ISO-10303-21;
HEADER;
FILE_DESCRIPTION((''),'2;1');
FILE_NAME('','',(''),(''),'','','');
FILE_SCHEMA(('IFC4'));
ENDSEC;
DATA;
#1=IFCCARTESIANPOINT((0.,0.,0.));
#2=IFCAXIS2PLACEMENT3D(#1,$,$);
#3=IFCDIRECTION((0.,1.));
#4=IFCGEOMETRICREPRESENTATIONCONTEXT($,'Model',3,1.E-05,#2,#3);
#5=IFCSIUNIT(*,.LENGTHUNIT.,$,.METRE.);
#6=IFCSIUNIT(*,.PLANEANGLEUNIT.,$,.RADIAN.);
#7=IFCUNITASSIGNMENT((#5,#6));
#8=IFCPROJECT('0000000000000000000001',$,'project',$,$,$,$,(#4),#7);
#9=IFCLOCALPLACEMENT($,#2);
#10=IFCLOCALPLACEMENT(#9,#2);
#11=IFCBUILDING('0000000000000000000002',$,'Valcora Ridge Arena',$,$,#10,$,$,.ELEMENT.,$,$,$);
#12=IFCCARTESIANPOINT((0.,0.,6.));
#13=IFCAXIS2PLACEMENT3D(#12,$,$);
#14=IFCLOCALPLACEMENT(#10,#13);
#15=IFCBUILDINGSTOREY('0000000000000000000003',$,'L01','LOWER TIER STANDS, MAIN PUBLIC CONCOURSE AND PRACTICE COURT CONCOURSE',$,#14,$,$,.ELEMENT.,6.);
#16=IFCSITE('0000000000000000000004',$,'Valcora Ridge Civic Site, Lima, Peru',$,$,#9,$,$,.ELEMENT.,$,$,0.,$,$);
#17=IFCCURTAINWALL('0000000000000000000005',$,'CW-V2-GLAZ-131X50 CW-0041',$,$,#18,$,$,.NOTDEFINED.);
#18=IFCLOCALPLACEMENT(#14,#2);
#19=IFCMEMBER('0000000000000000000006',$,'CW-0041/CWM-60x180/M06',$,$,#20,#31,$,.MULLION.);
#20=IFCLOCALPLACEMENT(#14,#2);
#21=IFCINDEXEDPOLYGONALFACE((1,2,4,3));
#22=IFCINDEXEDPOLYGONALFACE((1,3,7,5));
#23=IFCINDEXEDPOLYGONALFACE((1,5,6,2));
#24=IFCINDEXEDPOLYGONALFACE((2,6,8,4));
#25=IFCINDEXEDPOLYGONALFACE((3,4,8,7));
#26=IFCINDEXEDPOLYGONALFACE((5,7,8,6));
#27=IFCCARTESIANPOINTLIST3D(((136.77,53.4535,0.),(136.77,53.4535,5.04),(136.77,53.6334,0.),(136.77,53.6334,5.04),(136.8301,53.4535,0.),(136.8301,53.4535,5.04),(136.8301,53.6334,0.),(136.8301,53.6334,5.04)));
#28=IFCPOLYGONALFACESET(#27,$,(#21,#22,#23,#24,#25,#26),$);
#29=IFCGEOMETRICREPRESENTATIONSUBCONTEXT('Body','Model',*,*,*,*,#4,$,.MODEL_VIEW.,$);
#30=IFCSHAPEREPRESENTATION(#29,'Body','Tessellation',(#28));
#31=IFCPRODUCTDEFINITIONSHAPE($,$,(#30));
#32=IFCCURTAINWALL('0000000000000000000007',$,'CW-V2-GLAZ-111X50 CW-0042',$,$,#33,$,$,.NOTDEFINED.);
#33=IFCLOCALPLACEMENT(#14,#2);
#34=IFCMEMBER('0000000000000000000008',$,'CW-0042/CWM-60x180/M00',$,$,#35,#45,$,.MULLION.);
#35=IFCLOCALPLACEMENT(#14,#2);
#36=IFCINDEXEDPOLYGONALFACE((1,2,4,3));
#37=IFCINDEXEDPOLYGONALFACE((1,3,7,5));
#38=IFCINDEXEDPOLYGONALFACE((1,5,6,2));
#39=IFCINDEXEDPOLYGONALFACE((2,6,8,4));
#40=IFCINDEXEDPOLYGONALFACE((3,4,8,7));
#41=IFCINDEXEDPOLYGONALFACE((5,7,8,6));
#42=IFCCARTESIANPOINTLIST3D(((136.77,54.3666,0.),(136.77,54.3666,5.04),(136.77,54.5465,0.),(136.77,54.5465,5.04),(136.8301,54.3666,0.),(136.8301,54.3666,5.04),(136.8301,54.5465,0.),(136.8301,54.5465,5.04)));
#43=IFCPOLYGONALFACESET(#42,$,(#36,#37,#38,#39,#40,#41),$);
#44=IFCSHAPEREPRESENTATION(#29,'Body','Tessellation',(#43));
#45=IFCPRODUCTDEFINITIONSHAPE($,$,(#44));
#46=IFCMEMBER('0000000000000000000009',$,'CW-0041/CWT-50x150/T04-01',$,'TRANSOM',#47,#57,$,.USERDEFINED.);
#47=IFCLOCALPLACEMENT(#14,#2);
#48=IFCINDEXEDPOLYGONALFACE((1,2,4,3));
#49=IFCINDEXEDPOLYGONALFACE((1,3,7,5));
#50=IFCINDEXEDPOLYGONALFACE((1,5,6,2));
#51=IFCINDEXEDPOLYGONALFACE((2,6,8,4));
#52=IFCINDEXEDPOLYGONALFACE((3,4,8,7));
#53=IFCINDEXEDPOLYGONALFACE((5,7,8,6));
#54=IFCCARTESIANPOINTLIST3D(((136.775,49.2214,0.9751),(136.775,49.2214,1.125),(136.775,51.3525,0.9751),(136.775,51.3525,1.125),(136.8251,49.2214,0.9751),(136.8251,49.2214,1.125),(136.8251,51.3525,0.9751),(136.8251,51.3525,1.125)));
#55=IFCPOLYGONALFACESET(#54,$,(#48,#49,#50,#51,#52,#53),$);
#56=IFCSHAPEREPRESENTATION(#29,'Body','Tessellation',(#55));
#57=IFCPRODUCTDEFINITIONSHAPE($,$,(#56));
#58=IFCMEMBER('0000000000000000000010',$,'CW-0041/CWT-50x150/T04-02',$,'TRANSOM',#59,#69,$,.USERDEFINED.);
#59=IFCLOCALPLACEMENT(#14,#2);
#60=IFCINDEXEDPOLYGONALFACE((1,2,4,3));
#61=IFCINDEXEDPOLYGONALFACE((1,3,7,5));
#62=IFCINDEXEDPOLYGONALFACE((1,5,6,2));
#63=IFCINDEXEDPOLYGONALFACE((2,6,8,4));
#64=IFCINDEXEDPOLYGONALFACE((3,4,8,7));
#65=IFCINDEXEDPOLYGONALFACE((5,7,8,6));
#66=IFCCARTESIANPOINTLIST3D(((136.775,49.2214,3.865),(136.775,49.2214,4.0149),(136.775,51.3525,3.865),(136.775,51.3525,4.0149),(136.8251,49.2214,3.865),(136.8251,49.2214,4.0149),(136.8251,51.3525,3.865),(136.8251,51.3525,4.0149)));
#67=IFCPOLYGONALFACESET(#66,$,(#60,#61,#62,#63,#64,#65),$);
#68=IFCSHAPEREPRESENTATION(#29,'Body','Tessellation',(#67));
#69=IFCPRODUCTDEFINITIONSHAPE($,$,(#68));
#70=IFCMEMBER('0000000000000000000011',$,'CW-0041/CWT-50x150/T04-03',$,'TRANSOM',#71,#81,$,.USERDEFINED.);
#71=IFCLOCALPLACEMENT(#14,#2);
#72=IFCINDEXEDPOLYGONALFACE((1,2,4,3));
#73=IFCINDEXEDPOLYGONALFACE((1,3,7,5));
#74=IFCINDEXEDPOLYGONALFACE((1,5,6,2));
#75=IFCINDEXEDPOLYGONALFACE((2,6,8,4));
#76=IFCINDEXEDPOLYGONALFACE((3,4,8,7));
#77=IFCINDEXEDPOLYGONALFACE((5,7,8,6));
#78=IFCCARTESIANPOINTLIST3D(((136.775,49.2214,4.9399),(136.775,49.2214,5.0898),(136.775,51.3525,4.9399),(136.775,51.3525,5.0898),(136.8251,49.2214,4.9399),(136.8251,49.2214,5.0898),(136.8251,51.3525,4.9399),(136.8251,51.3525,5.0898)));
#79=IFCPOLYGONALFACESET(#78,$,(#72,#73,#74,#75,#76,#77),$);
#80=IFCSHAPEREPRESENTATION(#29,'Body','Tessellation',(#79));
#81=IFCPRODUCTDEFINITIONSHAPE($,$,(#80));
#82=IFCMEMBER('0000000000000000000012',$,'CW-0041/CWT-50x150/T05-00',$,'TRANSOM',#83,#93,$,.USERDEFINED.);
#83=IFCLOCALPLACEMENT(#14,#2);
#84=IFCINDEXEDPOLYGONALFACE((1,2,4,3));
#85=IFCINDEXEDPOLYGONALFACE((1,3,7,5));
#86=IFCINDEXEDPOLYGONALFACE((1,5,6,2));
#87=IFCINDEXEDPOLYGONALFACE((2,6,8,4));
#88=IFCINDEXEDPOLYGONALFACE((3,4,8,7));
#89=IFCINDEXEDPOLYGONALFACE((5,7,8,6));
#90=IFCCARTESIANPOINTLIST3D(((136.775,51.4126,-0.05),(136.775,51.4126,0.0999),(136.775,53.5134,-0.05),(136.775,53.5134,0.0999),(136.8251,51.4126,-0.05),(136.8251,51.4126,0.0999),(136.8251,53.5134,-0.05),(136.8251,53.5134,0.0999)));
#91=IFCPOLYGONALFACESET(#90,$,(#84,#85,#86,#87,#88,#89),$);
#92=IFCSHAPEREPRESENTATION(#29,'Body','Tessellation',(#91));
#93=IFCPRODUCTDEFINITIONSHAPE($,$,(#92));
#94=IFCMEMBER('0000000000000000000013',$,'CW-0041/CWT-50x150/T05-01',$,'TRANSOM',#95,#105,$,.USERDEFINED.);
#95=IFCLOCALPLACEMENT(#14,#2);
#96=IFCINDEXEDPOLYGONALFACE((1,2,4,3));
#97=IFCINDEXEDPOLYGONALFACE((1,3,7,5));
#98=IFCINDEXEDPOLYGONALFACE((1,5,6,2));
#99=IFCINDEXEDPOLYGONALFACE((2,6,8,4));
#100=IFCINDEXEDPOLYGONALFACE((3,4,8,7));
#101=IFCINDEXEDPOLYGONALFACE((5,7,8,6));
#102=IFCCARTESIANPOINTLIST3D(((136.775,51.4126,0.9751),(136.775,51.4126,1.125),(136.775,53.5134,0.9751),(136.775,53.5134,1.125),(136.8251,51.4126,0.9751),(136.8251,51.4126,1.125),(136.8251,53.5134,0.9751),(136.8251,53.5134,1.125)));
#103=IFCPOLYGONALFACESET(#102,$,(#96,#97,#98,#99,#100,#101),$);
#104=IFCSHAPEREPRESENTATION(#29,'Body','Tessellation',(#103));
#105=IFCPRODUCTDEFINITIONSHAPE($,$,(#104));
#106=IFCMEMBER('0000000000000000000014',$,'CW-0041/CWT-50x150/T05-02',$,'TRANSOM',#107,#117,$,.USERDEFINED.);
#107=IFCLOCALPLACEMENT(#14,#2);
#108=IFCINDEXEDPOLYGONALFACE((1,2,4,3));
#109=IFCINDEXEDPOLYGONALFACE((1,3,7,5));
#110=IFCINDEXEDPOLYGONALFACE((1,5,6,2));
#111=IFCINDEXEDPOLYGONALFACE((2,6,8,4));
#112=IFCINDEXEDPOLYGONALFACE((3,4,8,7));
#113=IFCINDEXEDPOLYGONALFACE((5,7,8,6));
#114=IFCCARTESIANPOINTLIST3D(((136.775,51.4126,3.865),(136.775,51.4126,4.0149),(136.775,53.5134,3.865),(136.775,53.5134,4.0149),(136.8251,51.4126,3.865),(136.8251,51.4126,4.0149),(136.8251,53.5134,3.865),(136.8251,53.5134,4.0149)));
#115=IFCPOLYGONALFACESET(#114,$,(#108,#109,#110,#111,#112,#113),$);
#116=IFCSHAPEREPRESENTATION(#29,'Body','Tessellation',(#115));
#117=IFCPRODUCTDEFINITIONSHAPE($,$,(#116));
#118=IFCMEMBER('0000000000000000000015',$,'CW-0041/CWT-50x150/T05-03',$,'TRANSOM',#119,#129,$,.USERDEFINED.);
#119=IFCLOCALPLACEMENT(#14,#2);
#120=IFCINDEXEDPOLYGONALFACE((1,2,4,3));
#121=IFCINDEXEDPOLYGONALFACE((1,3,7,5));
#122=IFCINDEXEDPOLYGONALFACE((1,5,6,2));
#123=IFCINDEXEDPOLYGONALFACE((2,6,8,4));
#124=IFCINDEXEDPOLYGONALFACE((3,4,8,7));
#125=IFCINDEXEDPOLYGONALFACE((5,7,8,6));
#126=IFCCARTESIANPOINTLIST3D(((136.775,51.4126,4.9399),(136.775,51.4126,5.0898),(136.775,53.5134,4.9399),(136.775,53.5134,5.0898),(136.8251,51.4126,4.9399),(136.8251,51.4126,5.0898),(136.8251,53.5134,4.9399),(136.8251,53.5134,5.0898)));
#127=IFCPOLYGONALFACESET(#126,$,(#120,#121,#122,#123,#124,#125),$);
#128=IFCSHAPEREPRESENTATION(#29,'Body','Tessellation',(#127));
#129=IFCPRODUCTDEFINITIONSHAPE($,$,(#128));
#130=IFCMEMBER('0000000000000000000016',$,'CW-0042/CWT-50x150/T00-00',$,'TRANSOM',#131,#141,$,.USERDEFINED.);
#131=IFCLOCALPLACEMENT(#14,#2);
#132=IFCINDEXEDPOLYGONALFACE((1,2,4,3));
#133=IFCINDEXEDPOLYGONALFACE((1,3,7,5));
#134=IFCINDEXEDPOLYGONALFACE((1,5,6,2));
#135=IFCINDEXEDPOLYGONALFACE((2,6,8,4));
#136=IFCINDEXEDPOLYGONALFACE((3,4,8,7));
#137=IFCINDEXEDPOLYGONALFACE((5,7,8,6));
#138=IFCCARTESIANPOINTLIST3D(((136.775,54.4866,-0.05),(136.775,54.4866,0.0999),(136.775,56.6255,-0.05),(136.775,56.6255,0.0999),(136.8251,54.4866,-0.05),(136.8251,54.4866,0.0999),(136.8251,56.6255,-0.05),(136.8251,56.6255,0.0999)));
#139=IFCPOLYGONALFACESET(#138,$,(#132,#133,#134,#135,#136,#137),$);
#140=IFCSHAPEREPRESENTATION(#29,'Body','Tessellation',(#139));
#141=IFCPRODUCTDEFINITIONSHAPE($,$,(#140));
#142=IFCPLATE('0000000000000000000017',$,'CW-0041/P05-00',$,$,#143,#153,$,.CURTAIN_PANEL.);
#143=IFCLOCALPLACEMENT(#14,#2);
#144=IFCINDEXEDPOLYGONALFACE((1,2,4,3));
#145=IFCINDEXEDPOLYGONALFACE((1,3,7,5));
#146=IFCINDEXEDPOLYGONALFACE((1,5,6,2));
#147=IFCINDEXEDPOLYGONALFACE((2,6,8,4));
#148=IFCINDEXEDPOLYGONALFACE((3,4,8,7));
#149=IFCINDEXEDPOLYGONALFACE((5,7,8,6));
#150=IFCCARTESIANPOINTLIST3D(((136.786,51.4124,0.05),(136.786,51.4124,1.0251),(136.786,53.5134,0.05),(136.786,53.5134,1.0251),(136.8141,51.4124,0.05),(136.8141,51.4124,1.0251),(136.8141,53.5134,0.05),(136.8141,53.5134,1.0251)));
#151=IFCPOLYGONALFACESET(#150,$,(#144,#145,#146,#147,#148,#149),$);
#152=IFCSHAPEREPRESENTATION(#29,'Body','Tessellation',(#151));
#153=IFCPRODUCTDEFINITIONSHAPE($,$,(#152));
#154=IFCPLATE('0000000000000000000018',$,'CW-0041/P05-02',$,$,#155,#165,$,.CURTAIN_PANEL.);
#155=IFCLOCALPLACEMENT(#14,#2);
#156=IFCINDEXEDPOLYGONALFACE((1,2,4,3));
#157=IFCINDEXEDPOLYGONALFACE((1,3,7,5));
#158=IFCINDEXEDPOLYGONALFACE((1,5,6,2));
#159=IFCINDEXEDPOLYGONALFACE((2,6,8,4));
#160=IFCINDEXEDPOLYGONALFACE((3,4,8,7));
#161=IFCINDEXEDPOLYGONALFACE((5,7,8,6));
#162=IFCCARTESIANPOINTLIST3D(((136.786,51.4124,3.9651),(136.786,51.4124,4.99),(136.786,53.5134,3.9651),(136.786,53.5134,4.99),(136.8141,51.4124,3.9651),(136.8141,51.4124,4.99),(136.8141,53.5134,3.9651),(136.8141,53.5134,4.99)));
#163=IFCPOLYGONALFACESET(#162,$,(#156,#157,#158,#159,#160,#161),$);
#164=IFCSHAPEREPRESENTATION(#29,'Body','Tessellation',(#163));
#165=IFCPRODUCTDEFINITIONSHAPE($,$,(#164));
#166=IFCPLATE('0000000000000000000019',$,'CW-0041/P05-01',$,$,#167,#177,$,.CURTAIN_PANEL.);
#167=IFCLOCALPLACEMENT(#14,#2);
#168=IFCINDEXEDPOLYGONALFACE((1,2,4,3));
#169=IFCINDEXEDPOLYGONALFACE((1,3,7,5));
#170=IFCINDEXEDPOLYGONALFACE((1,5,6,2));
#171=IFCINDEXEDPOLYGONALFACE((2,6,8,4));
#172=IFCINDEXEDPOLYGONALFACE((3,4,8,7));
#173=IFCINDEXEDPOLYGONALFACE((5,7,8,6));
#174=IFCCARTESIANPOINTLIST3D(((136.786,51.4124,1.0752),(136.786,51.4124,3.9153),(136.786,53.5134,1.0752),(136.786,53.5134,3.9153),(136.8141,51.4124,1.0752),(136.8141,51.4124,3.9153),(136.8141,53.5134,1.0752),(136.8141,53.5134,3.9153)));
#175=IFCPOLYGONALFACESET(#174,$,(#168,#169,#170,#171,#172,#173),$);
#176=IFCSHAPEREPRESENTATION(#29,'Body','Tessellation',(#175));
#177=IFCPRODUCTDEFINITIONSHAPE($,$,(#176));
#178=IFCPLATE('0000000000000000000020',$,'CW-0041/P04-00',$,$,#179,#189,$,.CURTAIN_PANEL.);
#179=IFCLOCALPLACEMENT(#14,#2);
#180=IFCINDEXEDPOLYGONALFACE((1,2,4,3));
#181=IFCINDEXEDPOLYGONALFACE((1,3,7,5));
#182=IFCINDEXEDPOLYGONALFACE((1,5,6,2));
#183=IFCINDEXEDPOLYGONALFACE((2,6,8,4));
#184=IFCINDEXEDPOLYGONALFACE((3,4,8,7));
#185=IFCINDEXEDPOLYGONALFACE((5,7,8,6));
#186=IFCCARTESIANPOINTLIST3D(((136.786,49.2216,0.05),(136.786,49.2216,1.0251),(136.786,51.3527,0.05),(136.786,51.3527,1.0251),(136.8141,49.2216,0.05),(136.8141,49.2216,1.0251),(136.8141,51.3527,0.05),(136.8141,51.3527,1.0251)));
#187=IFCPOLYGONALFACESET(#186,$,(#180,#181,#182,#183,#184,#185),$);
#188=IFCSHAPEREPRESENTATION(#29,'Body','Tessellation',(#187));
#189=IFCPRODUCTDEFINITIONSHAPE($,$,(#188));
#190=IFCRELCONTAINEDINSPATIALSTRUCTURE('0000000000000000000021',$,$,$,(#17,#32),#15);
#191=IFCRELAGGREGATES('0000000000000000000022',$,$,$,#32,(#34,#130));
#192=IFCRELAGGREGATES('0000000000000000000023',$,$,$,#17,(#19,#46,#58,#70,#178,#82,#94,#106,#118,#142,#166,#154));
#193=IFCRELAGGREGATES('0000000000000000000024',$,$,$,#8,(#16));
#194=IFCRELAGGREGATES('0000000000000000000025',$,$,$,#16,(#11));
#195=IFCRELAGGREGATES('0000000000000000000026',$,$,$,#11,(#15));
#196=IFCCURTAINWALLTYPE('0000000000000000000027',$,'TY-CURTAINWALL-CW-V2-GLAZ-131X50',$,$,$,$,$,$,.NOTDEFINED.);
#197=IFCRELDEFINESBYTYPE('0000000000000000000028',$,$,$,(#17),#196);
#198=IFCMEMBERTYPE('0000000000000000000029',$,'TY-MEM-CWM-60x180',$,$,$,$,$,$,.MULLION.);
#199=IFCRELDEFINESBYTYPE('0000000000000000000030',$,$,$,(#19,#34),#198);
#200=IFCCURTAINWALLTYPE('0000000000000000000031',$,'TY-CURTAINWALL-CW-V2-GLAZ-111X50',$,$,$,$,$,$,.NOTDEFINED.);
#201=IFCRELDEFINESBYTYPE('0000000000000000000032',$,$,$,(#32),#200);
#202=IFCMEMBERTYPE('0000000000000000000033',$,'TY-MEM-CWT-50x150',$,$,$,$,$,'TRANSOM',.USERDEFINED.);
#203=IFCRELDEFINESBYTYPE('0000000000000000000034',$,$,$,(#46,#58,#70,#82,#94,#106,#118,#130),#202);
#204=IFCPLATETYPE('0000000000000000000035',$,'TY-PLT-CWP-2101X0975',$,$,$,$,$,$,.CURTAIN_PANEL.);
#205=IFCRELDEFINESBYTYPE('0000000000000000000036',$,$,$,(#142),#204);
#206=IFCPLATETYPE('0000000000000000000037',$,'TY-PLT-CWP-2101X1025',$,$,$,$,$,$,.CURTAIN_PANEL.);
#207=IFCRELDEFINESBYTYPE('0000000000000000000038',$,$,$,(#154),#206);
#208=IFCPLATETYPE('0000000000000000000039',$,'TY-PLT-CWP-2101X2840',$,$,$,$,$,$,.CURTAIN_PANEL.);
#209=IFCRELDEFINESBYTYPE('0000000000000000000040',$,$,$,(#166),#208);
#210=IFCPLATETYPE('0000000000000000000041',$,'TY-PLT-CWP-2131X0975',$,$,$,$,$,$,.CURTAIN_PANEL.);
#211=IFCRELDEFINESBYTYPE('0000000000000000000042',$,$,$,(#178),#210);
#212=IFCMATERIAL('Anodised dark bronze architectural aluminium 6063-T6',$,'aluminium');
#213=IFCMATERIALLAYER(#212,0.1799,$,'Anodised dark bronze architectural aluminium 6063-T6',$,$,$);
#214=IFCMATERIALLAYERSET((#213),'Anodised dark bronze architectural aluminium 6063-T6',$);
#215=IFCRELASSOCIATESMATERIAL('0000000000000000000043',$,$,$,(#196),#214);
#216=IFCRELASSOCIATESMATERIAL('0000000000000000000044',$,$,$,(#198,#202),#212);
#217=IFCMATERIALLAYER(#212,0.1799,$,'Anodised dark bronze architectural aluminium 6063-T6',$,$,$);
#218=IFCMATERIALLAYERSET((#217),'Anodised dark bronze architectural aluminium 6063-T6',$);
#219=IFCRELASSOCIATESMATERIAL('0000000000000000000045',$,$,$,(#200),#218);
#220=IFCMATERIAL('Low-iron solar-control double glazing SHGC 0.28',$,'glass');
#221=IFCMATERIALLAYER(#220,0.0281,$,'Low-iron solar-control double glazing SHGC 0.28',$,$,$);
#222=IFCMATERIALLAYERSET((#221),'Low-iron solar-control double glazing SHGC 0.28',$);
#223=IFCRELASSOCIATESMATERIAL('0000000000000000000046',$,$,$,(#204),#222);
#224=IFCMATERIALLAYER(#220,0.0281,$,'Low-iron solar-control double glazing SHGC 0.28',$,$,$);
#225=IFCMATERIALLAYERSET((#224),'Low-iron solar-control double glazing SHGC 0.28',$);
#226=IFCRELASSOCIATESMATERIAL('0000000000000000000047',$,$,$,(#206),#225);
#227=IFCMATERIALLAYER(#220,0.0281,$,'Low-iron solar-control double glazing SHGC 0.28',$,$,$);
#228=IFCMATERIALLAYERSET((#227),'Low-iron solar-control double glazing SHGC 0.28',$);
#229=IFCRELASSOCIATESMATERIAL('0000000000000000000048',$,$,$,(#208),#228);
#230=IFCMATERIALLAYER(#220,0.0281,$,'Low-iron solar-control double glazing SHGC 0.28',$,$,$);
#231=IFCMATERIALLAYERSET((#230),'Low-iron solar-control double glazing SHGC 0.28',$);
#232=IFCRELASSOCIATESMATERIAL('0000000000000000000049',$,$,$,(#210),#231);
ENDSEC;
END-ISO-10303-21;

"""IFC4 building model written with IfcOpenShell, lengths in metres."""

from ifc_helpers import new_model, si_unit, direction, frame, origin, origin_2d, place, context, subcontext, project, spatial, rectangle, extrude, material, layer, layer_set, material_profile, profile_set, type_object, element, aggregate, save


model = new_model("IFC4")

# Units and contexts
model_context = context("Model", 3, precision=1e-05, world=origin(), true_north=direction((0.0, 1.0)))
body_context = subcontext(model_context, "Body", "Model", "MODEL_VIEW")
ifc_project = project(units=[si_unit("LENGTHUNIT", "METRE"), si_unit("PLANEANGLEUNIT", "RADIAN")], contexts=[model_context])

# Site, building, storey
site_placement = place(None, origin())
site = spatial("IfcSite", under=ifc_project, at=site_placement, Name="Valcora Ridge Civic Site, Lima, Peru", CompositionType="ELEMENT", RefElevation=0.0)
building_placement = place(site_placement, origin())
building = spatial("IfcBuilding", under=site, at=building_placement, Name="Valcora Ridge Arena", CompositionType="ELEMENT")
storey_placement = place(building_placement, frame((0.0, 0.0, 6.0)))
storey = spatial("IfcBuildingStorey", under=building, at=storey_placement, Name="L01", Description="LOWER TIER STANDS, MAIN PUBLIC CONCOURSE AND PRACTICE COURT CONCOURSE", CompositionType="ELEMENT", Elevation=6.0)

# Curtain wall, member
ifc_material_1 = material(Name="Anodised dark bronze architectural aluminium 6063-T6", Category="aluminium")
ifc_layer_1 = layer(ifc_material_1, 0.1799, Name="Anodised dark bronze architectural aluminium 6063-T6")
ifc_layer_set_1 = layer_set([ifc_layer_1], Name="Anodised dark bronze architectural aluminium 6063-T6")
curtain_wall_type_1 = type_object("IfcCurtainWallType", Name="TY-CURTAINWALL-CW-V2-GLAZ-131X50", PredefinedType="NOTDEFINED", material=ifc_layer_set_1)
curtain_wall_1_placement = place(storey_placement, origin())
curtain_wall_1 = element("IfcCurtainWall", 1, at=curtain_wall_1_placement, inside=storey, type_object=curtain_wall_type_1, Name="CW-V2-GLAZ-131X50 CW-0041", PredefinedType="NOTDEFINED")
ifc_material_profile_1 = material_profile(ifc_material_1, rectangle(XDim=0.0601, YDim=0.1799, at=origin_2d()), Name="ALU MULLION 60x180")
ifc_profile_set_1 = profile_set([ifc_material_profile_1], Name="Anodised dark bronze architectural aluminium 6063-T6")
member_type_1 = type_object("IfcMemberType", Name="TY-MEM-CWM-60x180", PredefinedType="MULLION", material=ifc_profile_set_1)
member_1_placement = place(storey_placement, frame((136.8, 53.5435, 0.0), z_axis=(0.0, 0.0, 1.0), x_axis=(-1.0, 0.0, 0.0)))
member_1 = element("IfcMember", 2, at=member_1_placement, type_object=member_type_1, Name="CW-0041/CWM-60x180/M06", PredefinedType="MULLION", context=body_context, shape_type="SweptSolid", body=[
    extrude(rectangle(XDim=0.0601, YDim=0.1799, at=origin_2d()), origin(), (0.0, 0.0, 1.0), 5.04),
])

# Curtain wall, member
ifc_layer_2 = layer(ifc_material_1, 0.1799, Name="Anodised dark bronze architectural aluminium 6063-T6")
ifc_layer_set_2 = layer_set([ifc_layer_2], Name="Anodised dark bronze architectural aluminium 6063-T6")
curtain_wall_type_2 = type_object("IfcCurtainWallType", Name="TY-CURTAINWALL-CW-V2-GLAZ-111X50", PredefinedType="NOTDEFINED", material=ifc_layer_set_2)
curtain_wall_2_placement = place(storey_placement, origin())
curtain_wall_2 = element("IfcCurtainWall", 3, at=curtain_wall_2_placement, inside=storey, type_object=curtain_wall_type_2, Name="CW-V2-GLAZ-111X50 CW-0042", PredefinedType="NOTDEFINED")
member_2_placement = place(storey_placement, frame((136.8, 54.4565, 0.0), z_axis=(0.0, 0.0, 1.0), x_axis=(-1.0, 0.0, 0.0)))
member_2 = element("IfcMember", 4, at=member_2_placement, type_object=member_type_1, Name="CW-0042/CWM-60x180/M00", PredefinedType="MULLION", context=body_context, shape_type="SweptSolid", body=[
    extrude(rectangle(XDim=0.0601, YDim=0.1799, at=origin_2d()), origin(), (0.0, 0.0, 1.0), 5.04),
])

# Members
ifc_material_profile_2 = material_profile(ifc_material_1, rectangle(XDim=0.05, YDim=0.1499, at=origin_2d()), Name="ALU TRANSOM 50x150")
ifc_profile_set_2 = profile_set([ifc_material_profile_2], Name="Anodised dark bronze architectural aluminium 6063-T6")
member_type_2 = type_object("IfcMemberType", Name="TY-MEM-CWT-50x150", ElementType="TRANSOM", PredefinedType="USERDEFINED", material=ifc_profile_set_2)
member_3_placement = place(storey_placement, frame((136.8, 49.2214, 1.05), z_axis=(0.0, 1.0, 0.0), x_axis=(-1.0, 0.0, 0.0)))
member_3 = element("IfcMember", 5, at=member_3_placement, type_object=member_type_2, Name="CW-0041/CWT-50x150/T04-01", ObjectType="TRANSOM", PredefinedType="USERDEFINED", context=body_context, shape_type="SweptSolid", body=[
    extrude(rectangle(XDim=0.05, YDim=0.1499, at=origin_2d()), origin(), (0.0, 0.0, 1.0), 2.1311),
])
member_4_placement = place(storey_placement, frame((136.8, 49.2214, 3.9399), z_axis=(0.0, 1.0, 0.0), x_axis=(-1.0, 0.0, 0.0)))
member_4 = element("IfcMember", 6, at=member_4_placement, type_object=member_type_2, Name="CW-0041/CWT-50x150/T04-02", ObjectType="TRANSOM", PredefinedType="USERDEFINED", context=body_context, shape_type="SweptSolid", body=[
    extrude(rectangle(XDim=0.05, YDim=0.1499, at=origin_2d()), origin(), (0.0, 0.0, 1.0), 2.1311),
])
member_5_placement = place(storey_placement, frame((136.8, 49.2214, 5.0149), z_axis=(0.0, 1.0, 0.0), x_axis=(-1.0, 0.0, 0.0)))
member_5 = element("IfcMember", 7, at=member_5_placement, type_object=member_type_2, Name="CW-0041/CWT-50x150/T04-03", ObjectType="TRANSOM", PredefinedType="USERDEFINED", context=body_context, shape_type="SweptSolid", body=[
    extrude(rectangle(XDim=0.05, YDim=0.1499, at=origin_2d()), origin(), (0.0, 0.0, 1.0), 2.1311),
])
member_6_placement = place(storey_placement, frame((136.8, 51.4126, 0.0249), z_axis=(0.0, 1.0, 0.0), x_axis=(-1.0, 0.0, 0.0)))
member_6 = element("IfcMember", 8, at=member_6_placement, type_object=member_type_2, Name="CW-0041/CWT-50x150/T05-00", ObjectType="TRANSOM", PredefinedType="USERDEFINED", context=body_context, shape_type="SweptSolid", body=[
    extrude(rectangle(XDim=0.05, YDim=0.1499, at=origin_2d()), origin(), (0.0, 0.0, 1.0), 2.1008),
])
member_7_placement = place(storey_placement, frame((136.8, 51.4126, 1.05), z_axis=(0.0, 1.0, 0.0), x_axis=(-1.0, 0.0, 0.0)))
member_7 = element("IfcMember", 9, at=member_7_placement, type_object=member_type_2, Name="CW-0041/CWT-50x150/T05-01", ObjectType="TRANSOM", PredefinedType="USERDEFINED", context=body_context, shape_type="SweptSolid", body=[
    extrude(rectangle(XDim=0.05, YDim=0.1499, at=origin_2d()), origin(), (0.0, 0.0, 1.0), 2.1008),
])
member_8_placement = place(storey_placement, frame((136.8, 51.4126, 3.9399), z_axis=(0.0, 1.0, 0.0), x_axis=(-1.0, 0.0, 0.0)))
member_8 = element("IfcMember", 10, at=member_8_placement, type_object=member_type_2, Name="CW-0041/CWT-50x150/T05-02", ObjectType="TRANSOM", PredefinedType="USERDEFINED", context=body_context, shape_type="SweptSolid", body=[
    extrude(rectangle(XDim=0.05, YDim=0.1499, at=origin_2d()), origin(), (0.0, 0.0, 1.0), 2.1008),
])
member_9_placement = place(storey_placement, frame((136.8, 51.4126, 5.0149), z_axis=(0.0, 1.0, 0.0), x_axis=(-1.0, 0.0, 0.0)))
member_9 = element("IfcMember", 11, at=member_9_placement, type_object=member_type_2, Name="CW-0041/CWT-50x150/T05-03", ObjectType="TRANSOM", PredefinedType="USERDEFINED", context=body_context, shape_type="SweptSolid", body=[
    extrude(rectangle(XDim=0.05, YDim=0.1499, at=origin_2d()), origin(), (0.0, 0.0, 1.0), 2.1008),
])
member_10_placement = place(storey_placement, frame((136.8, 54.4866, 0.0249), z_axis=(0.0, 1.0, 0.0), x_axis=(-1.0, 0.0, 0.0)))
member_10 = element("IfcMember", 12, at=member_10_placement, type_object=member_type_2, Name="CW-0042/CWT-50x150/T00-00", ObjectType="TRANSOM", PredefinedType="USERDEFINED", context=body_context, shape_type="SweptSolid", body=[
    extrude(rectangle(XDim=0.05, YDim=0.1499, at=origin_2d()), origin(), (0.0, 0.0, 1.0), 2.1389),
])
aggregate(curtain_wall_2, [member_2, member_10])

# Plates
ifc_material_2 = material(Name="Low-iron solar-control double glazing SHGC 0.28", Category="glass")
ifc_layer_3 = layer(ifc_material_2, 0.0281, Name="Low-iron solar-control double glazing SHGC 0.28")
ifc_layer_set_3 = layer_set([ifc_layer_3], Name="Low-iron solar-control double glazing SHGC 0.28")
plate_type_1 = type_object("IfcPlateType", Name="TY-PLT-CWP-2101X0975", PredefinedType="CURTAIN_PANEL", material=ifc_layer_set_3)
plate_1_placement = place(storey_placement, frame((136.8, 52.4629, 0.05), z_axis=(0.0, 0.0, 1.0), x_axis=(0.0, 1.0, 0.0)))
plate_1 = element("IfcPlate", 13, at=plate_1_placement, type_object=plate_type_1, Name="CW-0041/P05-00", PredefinedType="CURTAIN_PANEL", context=body_context, shape_type="SweptSolid", body=[
    extrude(rectangle(XDim=2.1011, YDim=0.0281, at=origin_2d()), origin(), (0.0, 0.0, 1.0), 0.9751),
])
ifc_layer_4 = layer(ifc_material_2, 0.0281, Name="Low-iron solar-control double glazing SHGC 0.28")
ifc_layer_set_4 = layer_set([ifc_layer_4], Name="Low-iron solar-control double glazing SHGC 0.28")
plate_type_2 = type_object("IfcPlateType", Name="TY-PLT-CWP-2101X1025", PredefinedType="CURTAIN_PANEL", material=ifc_layer_set_4)
plate_2_placement = place(storey_placement, frame((136.8, 52.4629, 3.9651), z_axis=(0.0, 0.0, 1.0), x_axis=(0.0, 1.0, 0.0)))
plate_2 = element("IfcPlate", 14, at=plate_2_placement, type_object=plate_type_2, Name="CW-0041/P05-02", PredefinedType="CURTAIN_PANEL", context=body_context, shape_type="SweptSolid", body=[
    extrude(rectangle(XDim=2.1011, YDim=0.0281, at=origin_2d()), origin(), (0.0, 0.0, 1.0), 1.0249),
])
ifc_layer_5 = layer(ifc_material_2, 0.0281, Name="Low-iron solar-control double glazing SHGC 0.28")
ifc_layer_set_5 = layer_set([ifc_layer_5], Name="Low-iron solar-control double glazing SHGC 0.28")
plate_type_3 = type_object("IfcPlateType", Name="TY-PLT-CWP-2101X2840", PredefinedType="CURTAIN_PANEL", material=ifc_layer_set_5)
plate_3_placement = place(storey_placement, frame((136.8, 52.4629, 1.0752), z_axis=(0.0, 0.0, 1.0), x_axis=(0.0, 1.0, 0.0)))
plate_3 = element("IfcPlate", 15, at=plate_3_placement, type_object=plate_type_3, Name="CW-0041/P05-01", PredefinedType="CURTAIN_PANEL", context=body_context, shape_type="SweptSolid", body=[
    extrude(rectangle(XDim=2.1011, YDim=0.0281, at=origin_2d()), origin(), (0.0, 0.0, 1.0), 2.8401),
])
ifc_layer_6 = layer(ifc_material_2, 0.0281, Name="Low-iron solar-control double glazing SHGC 0.28")
ifc_layer_set_6 = layer_set([ifc_layer_6], Name="Low-iron solar-control double glazing SHGC 0.28")
plate_type_4 = type_object("IfcPlateType", Name="TY-PLT-CWP-2131X0975", PredefinedType="CURTAIN_PANEL", material=ifc_layer_set_6)
plate_4_placement = place(storey_placement, frame((136.8, 50.2871, 0.05), z_axis=(0.0, 0.0, 1.0), x_axis=(0.0, 1.0, 0.0)))
plate_4 = element("IfcPlate", 16, at=plate_4_placement, type_object=plate_type_4, Name="CW-0041/P04-00", PredefinedType="CURTAIN_PANEL", context=body_context, shape_type="SweptSolid", body=[
    extrude(rectangle(XDim=2.1311, YDim=0.0281, at=origin_2d()), origin(), (0.0, 0.0, 1.0), 0.9751),
])
aggregate(curtain_wall_1, [member_1, member_3, member_4, member_5, plate_4, member_6, member_7, member_8, member_9, plate_1, plate_3, plate_2])

save(model, "model.ifc")
